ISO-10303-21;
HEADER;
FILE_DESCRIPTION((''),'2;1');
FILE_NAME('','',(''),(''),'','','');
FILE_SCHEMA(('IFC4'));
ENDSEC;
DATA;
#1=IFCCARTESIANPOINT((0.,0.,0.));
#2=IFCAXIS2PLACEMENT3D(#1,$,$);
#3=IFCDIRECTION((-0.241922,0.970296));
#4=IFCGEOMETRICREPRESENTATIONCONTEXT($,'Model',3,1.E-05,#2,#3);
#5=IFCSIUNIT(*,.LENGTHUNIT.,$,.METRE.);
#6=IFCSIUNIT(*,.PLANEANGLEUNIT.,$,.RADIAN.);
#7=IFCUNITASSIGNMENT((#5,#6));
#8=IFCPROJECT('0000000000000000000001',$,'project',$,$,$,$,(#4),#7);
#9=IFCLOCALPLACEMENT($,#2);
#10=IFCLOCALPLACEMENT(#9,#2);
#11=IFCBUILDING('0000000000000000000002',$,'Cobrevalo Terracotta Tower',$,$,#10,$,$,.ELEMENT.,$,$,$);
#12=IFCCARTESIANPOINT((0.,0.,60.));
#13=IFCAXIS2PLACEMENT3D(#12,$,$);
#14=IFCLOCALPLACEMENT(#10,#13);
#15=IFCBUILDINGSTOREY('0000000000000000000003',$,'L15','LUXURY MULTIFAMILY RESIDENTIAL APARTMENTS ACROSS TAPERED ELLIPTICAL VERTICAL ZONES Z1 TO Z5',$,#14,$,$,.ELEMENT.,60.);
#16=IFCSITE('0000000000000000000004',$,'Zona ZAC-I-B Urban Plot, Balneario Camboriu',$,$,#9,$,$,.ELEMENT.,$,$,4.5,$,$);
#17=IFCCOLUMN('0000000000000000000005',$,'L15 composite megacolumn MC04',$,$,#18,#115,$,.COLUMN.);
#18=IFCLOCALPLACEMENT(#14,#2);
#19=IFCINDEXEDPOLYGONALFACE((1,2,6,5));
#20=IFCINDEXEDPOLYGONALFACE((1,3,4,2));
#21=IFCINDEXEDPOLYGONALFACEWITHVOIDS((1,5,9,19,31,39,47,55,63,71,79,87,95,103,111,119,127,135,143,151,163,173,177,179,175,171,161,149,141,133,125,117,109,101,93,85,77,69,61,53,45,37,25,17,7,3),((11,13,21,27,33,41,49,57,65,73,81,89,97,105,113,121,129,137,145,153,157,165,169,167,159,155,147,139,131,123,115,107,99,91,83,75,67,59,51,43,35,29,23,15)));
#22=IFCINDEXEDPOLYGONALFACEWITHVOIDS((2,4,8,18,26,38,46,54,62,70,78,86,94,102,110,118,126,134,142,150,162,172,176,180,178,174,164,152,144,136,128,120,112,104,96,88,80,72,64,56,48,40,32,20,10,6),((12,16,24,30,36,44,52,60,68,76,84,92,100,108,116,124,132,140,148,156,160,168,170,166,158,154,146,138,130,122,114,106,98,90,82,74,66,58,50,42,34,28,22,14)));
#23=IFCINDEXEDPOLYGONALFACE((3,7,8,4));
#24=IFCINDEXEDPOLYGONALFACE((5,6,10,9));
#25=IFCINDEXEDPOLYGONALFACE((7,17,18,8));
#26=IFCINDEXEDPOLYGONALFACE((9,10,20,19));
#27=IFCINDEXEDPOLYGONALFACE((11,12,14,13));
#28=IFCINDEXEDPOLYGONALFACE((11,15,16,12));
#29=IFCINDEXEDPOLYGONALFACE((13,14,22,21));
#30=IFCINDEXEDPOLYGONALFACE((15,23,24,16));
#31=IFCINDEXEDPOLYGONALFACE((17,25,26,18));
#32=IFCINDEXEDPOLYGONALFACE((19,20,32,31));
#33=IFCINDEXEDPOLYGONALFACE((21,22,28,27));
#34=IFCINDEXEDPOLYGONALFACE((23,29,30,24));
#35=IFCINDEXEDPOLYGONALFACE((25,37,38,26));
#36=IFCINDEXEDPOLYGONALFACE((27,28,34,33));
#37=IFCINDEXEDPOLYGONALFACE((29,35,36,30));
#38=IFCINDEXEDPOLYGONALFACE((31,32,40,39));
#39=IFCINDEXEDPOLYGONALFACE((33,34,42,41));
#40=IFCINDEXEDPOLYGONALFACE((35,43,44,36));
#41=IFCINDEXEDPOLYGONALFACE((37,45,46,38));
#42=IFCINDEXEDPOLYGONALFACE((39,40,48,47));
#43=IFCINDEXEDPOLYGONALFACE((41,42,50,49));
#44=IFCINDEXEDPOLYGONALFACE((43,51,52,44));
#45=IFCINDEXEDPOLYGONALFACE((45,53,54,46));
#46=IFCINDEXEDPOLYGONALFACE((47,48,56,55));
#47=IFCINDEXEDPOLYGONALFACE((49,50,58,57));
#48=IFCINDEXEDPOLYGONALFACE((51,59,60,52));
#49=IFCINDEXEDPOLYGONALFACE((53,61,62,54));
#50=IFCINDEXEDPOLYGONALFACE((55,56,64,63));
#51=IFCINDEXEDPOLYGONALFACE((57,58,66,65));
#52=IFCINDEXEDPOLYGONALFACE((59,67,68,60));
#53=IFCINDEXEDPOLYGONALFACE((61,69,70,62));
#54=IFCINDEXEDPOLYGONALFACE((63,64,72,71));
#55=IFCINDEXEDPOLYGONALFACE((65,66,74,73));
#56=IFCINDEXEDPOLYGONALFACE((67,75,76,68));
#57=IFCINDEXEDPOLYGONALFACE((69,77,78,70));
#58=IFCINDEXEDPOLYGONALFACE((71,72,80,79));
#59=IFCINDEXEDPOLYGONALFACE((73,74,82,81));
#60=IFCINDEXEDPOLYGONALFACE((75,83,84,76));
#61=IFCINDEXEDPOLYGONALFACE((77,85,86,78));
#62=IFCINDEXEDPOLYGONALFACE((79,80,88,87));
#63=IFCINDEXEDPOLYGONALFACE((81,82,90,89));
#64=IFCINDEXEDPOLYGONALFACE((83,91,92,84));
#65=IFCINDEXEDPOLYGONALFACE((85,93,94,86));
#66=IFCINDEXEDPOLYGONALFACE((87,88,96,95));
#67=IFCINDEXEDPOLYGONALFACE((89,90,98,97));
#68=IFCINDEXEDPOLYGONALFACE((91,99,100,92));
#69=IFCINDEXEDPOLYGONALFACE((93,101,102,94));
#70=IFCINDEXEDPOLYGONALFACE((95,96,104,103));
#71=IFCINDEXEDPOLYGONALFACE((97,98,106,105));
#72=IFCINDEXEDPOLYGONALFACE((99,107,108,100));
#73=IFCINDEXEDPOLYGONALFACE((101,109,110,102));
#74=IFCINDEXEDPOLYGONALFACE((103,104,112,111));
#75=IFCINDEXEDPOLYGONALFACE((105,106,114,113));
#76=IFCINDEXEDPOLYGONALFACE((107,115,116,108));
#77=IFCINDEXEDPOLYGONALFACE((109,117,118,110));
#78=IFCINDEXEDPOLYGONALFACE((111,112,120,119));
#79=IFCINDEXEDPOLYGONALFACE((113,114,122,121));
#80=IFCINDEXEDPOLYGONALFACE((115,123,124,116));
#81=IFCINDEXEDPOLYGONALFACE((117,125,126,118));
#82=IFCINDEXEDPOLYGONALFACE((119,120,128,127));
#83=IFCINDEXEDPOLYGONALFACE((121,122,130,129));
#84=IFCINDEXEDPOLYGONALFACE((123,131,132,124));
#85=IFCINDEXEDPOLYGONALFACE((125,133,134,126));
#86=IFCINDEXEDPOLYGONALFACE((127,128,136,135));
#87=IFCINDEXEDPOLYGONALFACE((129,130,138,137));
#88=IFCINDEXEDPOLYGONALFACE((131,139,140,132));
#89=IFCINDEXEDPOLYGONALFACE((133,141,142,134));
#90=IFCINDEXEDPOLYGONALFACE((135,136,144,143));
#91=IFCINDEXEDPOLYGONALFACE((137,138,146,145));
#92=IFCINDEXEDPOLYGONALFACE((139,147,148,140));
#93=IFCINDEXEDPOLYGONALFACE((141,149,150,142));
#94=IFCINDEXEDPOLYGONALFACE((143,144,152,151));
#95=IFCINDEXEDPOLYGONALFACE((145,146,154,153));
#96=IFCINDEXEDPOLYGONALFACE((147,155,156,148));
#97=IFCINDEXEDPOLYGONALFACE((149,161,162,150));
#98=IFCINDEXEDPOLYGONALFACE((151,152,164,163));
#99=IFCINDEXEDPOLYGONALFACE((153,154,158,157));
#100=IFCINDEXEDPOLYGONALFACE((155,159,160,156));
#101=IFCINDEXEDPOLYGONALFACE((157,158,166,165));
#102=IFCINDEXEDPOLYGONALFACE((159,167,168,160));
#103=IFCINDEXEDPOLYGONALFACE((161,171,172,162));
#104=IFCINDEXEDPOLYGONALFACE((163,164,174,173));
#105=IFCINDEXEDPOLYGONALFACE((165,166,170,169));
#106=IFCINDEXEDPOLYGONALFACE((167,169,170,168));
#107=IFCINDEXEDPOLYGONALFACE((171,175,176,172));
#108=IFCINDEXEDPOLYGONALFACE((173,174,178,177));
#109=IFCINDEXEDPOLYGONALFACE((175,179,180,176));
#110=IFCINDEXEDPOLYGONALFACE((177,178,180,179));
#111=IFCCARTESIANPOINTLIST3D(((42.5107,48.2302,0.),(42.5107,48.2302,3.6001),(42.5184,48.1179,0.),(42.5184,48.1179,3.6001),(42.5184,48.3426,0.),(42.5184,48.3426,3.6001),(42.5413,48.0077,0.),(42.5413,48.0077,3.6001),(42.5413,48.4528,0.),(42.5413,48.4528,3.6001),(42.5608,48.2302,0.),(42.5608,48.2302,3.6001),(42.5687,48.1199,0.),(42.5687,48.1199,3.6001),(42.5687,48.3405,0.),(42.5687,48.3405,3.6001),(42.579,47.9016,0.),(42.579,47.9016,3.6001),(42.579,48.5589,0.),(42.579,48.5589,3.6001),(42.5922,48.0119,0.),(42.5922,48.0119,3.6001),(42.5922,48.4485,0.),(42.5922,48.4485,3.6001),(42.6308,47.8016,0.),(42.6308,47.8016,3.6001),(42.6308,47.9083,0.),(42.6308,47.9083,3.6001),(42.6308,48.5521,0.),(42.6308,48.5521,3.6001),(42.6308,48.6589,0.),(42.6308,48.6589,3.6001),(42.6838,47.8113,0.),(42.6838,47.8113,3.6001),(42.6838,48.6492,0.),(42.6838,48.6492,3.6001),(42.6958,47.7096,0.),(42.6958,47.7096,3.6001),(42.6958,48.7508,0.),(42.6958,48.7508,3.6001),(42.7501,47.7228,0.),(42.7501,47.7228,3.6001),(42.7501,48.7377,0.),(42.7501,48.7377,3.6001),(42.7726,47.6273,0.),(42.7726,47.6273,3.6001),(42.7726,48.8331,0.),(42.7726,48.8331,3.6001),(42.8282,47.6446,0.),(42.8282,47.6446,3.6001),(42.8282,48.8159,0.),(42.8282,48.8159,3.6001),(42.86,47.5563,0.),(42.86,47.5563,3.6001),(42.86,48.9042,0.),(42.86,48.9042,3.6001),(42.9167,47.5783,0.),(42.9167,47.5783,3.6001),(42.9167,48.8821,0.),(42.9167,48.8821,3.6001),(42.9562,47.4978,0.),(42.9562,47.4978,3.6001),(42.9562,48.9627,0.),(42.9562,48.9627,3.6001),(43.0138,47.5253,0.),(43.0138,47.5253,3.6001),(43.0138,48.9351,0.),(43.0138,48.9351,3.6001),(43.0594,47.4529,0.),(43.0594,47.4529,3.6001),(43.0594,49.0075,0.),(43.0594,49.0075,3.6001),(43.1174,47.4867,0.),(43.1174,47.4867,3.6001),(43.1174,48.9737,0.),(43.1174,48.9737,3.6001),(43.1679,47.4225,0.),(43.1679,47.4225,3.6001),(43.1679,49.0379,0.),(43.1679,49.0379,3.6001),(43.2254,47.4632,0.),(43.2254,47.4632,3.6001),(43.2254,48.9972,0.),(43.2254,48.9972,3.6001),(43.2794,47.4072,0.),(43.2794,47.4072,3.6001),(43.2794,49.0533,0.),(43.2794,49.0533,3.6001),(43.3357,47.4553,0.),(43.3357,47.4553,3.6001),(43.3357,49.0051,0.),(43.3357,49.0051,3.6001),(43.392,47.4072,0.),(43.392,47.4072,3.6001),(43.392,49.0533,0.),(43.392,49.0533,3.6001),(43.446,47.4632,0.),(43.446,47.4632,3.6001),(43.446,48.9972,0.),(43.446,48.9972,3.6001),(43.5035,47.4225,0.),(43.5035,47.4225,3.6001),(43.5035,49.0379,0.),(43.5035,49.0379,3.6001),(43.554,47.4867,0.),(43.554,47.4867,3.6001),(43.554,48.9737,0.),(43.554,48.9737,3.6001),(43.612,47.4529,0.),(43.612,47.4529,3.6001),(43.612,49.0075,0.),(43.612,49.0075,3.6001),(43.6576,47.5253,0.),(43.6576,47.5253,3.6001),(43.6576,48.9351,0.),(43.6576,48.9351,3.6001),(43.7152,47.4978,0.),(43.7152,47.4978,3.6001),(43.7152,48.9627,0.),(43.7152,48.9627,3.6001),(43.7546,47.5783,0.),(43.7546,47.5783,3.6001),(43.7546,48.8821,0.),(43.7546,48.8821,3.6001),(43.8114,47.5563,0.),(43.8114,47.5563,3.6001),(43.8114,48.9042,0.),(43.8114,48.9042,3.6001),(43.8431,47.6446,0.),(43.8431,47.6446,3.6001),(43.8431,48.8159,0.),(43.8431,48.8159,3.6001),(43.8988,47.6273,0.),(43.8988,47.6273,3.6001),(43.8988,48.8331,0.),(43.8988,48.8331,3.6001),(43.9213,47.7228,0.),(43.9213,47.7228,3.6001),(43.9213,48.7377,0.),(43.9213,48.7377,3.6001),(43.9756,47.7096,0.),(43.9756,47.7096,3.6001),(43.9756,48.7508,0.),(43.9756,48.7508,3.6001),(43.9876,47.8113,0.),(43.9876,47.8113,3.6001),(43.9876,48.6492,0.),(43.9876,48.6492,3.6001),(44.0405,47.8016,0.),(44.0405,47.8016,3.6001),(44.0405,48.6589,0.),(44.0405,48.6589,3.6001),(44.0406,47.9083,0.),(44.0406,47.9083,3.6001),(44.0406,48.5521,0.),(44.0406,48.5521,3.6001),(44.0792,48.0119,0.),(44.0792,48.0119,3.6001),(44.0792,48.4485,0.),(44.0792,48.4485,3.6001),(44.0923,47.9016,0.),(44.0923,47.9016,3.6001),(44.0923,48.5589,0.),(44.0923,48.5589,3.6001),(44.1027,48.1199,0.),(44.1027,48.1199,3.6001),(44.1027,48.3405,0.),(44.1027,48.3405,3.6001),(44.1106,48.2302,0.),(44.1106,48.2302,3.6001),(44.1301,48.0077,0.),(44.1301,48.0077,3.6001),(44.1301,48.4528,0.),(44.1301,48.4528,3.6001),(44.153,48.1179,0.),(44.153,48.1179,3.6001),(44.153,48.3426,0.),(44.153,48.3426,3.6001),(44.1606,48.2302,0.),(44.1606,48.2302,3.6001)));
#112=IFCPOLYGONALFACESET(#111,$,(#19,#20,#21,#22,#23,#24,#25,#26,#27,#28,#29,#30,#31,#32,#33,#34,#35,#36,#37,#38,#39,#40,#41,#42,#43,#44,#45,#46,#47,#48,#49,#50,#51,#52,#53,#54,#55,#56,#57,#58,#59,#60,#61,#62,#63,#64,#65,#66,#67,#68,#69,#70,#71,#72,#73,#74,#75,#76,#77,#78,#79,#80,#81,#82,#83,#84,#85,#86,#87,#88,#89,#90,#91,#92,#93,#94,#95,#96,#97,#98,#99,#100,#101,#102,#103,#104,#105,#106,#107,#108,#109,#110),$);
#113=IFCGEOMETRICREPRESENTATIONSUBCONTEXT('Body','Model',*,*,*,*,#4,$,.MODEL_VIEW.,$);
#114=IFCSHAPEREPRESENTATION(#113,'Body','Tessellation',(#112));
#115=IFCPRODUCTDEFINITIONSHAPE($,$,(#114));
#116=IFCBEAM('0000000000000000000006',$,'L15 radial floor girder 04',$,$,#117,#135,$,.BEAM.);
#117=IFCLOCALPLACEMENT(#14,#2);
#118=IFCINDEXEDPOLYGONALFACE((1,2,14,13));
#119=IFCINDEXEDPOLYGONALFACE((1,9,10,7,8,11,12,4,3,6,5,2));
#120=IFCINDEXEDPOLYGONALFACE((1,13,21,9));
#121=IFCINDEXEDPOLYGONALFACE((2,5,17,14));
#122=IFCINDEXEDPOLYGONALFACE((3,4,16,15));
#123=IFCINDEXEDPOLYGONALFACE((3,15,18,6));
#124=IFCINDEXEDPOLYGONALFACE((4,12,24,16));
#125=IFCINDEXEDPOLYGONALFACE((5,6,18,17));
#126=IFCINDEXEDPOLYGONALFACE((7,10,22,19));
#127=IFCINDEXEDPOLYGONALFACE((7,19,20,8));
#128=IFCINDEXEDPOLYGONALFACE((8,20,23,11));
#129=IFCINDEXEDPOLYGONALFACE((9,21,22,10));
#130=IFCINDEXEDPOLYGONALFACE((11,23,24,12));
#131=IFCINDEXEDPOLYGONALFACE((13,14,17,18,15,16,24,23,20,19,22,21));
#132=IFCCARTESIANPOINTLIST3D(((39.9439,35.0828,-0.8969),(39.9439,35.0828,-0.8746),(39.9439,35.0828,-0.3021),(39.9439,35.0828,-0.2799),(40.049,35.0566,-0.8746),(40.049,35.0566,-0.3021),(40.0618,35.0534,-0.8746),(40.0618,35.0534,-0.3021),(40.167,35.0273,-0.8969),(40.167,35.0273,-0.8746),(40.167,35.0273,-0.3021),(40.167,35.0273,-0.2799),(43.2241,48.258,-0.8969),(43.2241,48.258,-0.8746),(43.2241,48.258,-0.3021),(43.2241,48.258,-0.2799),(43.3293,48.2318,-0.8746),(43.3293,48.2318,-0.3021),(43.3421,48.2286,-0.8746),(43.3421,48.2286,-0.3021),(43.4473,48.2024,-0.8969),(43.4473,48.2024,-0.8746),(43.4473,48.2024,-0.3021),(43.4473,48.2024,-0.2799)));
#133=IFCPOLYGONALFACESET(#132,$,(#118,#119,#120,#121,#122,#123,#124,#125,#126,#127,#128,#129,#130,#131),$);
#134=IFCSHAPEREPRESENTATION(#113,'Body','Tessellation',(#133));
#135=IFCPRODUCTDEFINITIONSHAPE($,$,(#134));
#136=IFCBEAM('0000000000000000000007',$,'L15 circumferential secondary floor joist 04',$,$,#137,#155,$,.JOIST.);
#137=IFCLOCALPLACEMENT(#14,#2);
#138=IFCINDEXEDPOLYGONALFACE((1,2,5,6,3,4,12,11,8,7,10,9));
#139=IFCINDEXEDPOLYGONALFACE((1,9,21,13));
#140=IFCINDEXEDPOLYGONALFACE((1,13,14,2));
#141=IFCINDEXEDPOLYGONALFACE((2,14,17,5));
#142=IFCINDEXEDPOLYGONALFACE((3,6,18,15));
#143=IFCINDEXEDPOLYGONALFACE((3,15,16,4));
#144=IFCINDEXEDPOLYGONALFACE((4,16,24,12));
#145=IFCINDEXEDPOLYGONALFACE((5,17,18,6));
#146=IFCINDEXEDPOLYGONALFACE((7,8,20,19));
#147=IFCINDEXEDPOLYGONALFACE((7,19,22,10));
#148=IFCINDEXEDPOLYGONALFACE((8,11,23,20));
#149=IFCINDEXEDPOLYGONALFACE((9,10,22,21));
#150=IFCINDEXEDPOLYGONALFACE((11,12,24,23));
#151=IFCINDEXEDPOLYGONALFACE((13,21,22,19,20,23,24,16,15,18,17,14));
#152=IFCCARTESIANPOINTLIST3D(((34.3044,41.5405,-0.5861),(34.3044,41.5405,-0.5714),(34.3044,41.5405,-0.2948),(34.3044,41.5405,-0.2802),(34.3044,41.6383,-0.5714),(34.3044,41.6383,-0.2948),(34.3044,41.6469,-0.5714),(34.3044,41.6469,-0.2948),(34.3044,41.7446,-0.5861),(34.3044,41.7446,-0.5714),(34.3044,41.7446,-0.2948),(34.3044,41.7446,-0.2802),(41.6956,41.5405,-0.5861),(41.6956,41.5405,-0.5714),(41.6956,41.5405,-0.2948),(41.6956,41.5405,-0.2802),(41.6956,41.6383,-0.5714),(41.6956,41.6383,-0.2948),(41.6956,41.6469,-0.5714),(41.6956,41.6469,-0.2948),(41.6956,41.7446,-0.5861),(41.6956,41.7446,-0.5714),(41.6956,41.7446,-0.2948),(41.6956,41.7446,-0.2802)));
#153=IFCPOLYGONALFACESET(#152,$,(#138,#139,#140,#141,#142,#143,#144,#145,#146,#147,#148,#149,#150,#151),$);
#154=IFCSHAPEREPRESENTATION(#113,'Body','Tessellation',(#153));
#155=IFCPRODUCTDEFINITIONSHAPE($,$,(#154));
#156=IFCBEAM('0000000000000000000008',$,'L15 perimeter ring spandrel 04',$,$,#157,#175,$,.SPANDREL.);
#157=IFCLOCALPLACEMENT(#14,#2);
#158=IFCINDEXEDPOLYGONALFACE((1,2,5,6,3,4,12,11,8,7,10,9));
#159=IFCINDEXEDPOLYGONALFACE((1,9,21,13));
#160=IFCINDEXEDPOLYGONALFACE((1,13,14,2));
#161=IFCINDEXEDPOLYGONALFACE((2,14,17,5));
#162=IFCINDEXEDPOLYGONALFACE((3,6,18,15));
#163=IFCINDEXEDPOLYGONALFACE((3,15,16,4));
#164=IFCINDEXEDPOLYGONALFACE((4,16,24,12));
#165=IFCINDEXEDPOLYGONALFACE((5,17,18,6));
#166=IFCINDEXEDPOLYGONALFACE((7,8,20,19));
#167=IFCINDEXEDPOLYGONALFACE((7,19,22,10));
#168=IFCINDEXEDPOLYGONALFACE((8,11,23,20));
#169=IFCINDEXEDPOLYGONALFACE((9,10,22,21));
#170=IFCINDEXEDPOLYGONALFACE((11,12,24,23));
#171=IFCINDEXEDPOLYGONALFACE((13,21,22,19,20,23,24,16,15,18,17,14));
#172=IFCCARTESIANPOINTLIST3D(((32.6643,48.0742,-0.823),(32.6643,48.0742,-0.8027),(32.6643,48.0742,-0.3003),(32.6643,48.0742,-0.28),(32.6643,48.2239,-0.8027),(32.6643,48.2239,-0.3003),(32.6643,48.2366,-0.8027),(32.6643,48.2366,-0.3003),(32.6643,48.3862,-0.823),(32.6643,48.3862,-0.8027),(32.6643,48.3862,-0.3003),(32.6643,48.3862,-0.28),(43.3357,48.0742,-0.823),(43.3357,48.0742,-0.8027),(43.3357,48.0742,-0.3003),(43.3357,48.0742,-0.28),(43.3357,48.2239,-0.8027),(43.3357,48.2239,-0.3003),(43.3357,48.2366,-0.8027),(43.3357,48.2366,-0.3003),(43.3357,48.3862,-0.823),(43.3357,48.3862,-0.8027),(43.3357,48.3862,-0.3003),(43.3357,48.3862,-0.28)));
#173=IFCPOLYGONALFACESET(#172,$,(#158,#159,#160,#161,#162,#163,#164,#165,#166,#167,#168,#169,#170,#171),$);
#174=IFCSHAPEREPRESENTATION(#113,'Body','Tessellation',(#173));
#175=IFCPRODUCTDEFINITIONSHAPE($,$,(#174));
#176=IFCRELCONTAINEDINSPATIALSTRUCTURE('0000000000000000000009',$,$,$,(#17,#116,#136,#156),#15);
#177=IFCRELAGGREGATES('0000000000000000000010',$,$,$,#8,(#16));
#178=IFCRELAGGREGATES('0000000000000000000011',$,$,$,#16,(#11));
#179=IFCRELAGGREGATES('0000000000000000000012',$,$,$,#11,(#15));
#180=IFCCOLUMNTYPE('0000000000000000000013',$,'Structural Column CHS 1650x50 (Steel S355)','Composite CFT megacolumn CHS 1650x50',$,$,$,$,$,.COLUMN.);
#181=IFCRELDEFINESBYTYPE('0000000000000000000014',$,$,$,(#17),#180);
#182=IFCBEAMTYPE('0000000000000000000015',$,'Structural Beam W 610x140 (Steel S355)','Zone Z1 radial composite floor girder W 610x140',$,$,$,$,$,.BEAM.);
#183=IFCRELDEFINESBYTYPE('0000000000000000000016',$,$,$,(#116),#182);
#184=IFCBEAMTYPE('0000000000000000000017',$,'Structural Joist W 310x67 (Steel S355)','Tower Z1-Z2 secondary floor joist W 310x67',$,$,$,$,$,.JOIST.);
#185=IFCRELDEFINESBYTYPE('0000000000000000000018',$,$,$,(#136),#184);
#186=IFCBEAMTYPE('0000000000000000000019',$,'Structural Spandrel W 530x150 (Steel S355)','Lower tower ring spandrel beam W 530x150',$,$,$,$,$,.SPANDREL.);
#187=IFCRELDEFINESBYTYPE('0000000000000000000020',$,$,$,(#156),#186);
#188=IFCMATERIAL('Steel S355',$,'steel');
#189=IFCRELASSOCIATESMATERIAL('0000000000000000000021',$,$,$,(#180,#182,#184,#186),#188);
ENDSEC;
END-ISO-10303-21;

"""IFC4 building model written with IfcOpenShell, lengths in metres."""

from ifc_helpers import new_model, si_unit, direction, frame, origin, origin_2d, place, context, subcontext, project, spatial, hollow_circle, i_section, extrude, material, material_profile, profile_set, type_object, element, save


model = new_model("IFC4")

# Units and contexts
model_context = context("Model", 3, precision=1e-05, world=origin(), true_north=direction((-0.241922, 0.970296)))
body_context = subcontext(model_context, "Body", "Model", "MODEL_VIEW")
ifc_project = project(units=[si_unit("LENGTHUNIT", "METRE"), si_unit("PLANEANGLEUNIT", "RADIAN")], contexts=[model_context])

# Site, building, storey
site_placement = place(None, origin())
site = spatial("IfcSite", under=ifc_project, at=site_placement, Name="Zona ZAC-I-B Urban Plot, Balneario Camboriu", CompositionType="ELEMENT", RefElevation=4.5)
building_placement = place(site_placement, origin())
building = spatial("IfcBuilding", under=site, at=building_placement, Name="Cobrevalo Terracotta Tower", CompositionType="ELEMENT")
storey_placement = place(building_placement, frame((0.0, 0.0, 60.0)))
storey = spatial("IfcBuildingStorey", under=building, at=storey_placement, Name="L15", Description="LUXURY MULTIFAMILY RESIDENTIAL APARTMENTS ACROSS TAPERED ELLIPTICAL VERTICAL ZONES Z1 TO Z5", CompositionType="ELEMENT", Elevation=60.0)

# Column
ifc_material_1 = material(Name="Steel S355", Category="steel")
ifc_material_profile_1 = material_profile(ifc_material_1, hollow_circle(Radius=0.825, WallThickness=0.05, at=origin_2d()), Name="CHS 1650x50")
ifc_profile_set_1 = profile_set([ifc_material_profile_1], Name="Steel S355")
column_type = type_object("IfcColumnType", Name="Structural Column CHS 1650x50 (Steel S355)", Description="Composite CFT megacolumn CHS 1650x50", PredefinedType="COLUMN", material=ifc_profile_set_1)
column_placement = place(storey_placement, frame((43.3357, 48.2302, 0.0), z_axis=(0.0, 0.0, 1.0), x_axis=(1.0, 0.0, 0.0)))
element("IfcColumn", 1, at=column_placement, inside=storey, type_object=column_type, Name="L15 composite megacolumn MC04", PredefinedType="COLUMN", context=body_context, shape_type="SweptSolid", body=[
    extrude(hollow_circle(Radius=0.825, WallThickness=0.05, at=origin_2d()), origin(), (0.0, 0.0, 1.0), 3.6001),
])

# Beams
ifc_material_profile_2 = material_profile(ifc_material_1, i_section(OverallWidth=0.23, OverallDepth=0.6169, WebThickness=0.0132, FlangeThickness=0.0222, at=origin_2d()), Name="W 610x140")
ifc_profile_set_2 = profile_set([ifc_material_profile_2], Name="Steel S355")
beam_type_1 = type_object("IfcBeamType", Name="Structural Beam W 610x140 (Steel S355)", Description="Zone Z1 radial composite floor girder W 610x140", PredefinedType="BEAM", material=ifc_profile_set_2)
beam_1_placement = place(storey_placement, frame((43.3357, 48.2302, -0.5884), z_axis=(-0.241596, -0.970377, 0.0), x_axis=(0.970377, -0.241596, 0.0)))
element("IfcBeam", 2, at=beam_1_placement, inside=storey, type_object=beam_type_1, Name="L15 radial floor girder 04", PredefinedType="BEAM", context=body_context, shape_type="SweptSolid", body=[
    extrude(i_section(OverallWidth=0.23, OverallDepth=0.6169, WebThickness=0.0132, FlangeThickness=0.0222, at=origin_2d()), origin(), (0.0, 0.0, 1.0), 13.5774),
])
ifc_material_profile_3 = material_profile(ifc_material_1, i_section(OverallWidth=0.2041, OverallDepth=0.3059, WebThickness=0.0085, FlangeThickness=0.0146, at=origin_2d()), Name="W 310x67")
ifc_profile_set_3 = profile_set([ifc_material_profile_3], Name="Steel S355")
beam_type_2 = type_object("IfcBeamType", Name="Structural Joist W 310x67 (Steel S355)", Description="Tower Z1-Z2 secondary floor joist W 310x67", PredefinedType="JOIST", material=ifc_profile_set_3)
beam_2_placement = place(storey_placement, frame((41.6956, 41.6426, -0.4331), z_axis=(-1.0, 0.0, 0.0), x_axis=(0.0, -1.0, 0.0)))
element("IfcBeam", 3, at=beam_2_placement, inside=storey, type_object=beam_type_2, Name="L15 circumferential secondary floor joist 04", PredefinedType="JOIST", context=body_context, shape_type="SweptSolid", body=[
    extrude(i_section(OverallWidth=0.2041, OverallDepth=0.3059, WebThickness=0.0085, FlangeThickness=0.0146, at=origin_2d()), origin(), (0.0, 0.0, 1.0), 7.3911),
])
ifc_material_profile_4 = material_profile(ifc_material_1, i_section(OverallWidth=0.312, OverallDepth=0.543, WebThickness=0.0127, FlangeThickness=0.0203, at=origin_2d()), Name="W 530x150")
ifc_profile_set_4 = profile_set([ifc_material_profile_4], Name="Steel S355")
beam_type_3 = type_object("IfcBeamType", Name="Structural Spandrel W 530x150 (Steel S355)", Description="Lower tower ring spandrel beam W 530x150", PredefinedType="SPANDREL", material=ifc_profile_set_4)
beam_3_placement = place(storey_placement, frame((43.3357, 48.2302, -0.5515), z_axis=(-1.0, 0.0, 0.0), x_axis=(0.0, -1.0, 0.0)))
element("IfcBeam", 4, at=beam_3_placement, inside=storey, type_object=beam_type_3, Name="L15 perimeter ring spandrel 04", PredefinedType="SPANDREL", context=body_context, shape_type="SweptSolid", body=[
    extrude(i_section(OverallWidth=0.312, OverallDepth=0.543, WebThickness=0.0127, FlangeThickness=0.0203, at=origin_2d()), origin(), (0.0, 0.0, 1.0), 10.6714),
])

save(model, "model.ifc")
